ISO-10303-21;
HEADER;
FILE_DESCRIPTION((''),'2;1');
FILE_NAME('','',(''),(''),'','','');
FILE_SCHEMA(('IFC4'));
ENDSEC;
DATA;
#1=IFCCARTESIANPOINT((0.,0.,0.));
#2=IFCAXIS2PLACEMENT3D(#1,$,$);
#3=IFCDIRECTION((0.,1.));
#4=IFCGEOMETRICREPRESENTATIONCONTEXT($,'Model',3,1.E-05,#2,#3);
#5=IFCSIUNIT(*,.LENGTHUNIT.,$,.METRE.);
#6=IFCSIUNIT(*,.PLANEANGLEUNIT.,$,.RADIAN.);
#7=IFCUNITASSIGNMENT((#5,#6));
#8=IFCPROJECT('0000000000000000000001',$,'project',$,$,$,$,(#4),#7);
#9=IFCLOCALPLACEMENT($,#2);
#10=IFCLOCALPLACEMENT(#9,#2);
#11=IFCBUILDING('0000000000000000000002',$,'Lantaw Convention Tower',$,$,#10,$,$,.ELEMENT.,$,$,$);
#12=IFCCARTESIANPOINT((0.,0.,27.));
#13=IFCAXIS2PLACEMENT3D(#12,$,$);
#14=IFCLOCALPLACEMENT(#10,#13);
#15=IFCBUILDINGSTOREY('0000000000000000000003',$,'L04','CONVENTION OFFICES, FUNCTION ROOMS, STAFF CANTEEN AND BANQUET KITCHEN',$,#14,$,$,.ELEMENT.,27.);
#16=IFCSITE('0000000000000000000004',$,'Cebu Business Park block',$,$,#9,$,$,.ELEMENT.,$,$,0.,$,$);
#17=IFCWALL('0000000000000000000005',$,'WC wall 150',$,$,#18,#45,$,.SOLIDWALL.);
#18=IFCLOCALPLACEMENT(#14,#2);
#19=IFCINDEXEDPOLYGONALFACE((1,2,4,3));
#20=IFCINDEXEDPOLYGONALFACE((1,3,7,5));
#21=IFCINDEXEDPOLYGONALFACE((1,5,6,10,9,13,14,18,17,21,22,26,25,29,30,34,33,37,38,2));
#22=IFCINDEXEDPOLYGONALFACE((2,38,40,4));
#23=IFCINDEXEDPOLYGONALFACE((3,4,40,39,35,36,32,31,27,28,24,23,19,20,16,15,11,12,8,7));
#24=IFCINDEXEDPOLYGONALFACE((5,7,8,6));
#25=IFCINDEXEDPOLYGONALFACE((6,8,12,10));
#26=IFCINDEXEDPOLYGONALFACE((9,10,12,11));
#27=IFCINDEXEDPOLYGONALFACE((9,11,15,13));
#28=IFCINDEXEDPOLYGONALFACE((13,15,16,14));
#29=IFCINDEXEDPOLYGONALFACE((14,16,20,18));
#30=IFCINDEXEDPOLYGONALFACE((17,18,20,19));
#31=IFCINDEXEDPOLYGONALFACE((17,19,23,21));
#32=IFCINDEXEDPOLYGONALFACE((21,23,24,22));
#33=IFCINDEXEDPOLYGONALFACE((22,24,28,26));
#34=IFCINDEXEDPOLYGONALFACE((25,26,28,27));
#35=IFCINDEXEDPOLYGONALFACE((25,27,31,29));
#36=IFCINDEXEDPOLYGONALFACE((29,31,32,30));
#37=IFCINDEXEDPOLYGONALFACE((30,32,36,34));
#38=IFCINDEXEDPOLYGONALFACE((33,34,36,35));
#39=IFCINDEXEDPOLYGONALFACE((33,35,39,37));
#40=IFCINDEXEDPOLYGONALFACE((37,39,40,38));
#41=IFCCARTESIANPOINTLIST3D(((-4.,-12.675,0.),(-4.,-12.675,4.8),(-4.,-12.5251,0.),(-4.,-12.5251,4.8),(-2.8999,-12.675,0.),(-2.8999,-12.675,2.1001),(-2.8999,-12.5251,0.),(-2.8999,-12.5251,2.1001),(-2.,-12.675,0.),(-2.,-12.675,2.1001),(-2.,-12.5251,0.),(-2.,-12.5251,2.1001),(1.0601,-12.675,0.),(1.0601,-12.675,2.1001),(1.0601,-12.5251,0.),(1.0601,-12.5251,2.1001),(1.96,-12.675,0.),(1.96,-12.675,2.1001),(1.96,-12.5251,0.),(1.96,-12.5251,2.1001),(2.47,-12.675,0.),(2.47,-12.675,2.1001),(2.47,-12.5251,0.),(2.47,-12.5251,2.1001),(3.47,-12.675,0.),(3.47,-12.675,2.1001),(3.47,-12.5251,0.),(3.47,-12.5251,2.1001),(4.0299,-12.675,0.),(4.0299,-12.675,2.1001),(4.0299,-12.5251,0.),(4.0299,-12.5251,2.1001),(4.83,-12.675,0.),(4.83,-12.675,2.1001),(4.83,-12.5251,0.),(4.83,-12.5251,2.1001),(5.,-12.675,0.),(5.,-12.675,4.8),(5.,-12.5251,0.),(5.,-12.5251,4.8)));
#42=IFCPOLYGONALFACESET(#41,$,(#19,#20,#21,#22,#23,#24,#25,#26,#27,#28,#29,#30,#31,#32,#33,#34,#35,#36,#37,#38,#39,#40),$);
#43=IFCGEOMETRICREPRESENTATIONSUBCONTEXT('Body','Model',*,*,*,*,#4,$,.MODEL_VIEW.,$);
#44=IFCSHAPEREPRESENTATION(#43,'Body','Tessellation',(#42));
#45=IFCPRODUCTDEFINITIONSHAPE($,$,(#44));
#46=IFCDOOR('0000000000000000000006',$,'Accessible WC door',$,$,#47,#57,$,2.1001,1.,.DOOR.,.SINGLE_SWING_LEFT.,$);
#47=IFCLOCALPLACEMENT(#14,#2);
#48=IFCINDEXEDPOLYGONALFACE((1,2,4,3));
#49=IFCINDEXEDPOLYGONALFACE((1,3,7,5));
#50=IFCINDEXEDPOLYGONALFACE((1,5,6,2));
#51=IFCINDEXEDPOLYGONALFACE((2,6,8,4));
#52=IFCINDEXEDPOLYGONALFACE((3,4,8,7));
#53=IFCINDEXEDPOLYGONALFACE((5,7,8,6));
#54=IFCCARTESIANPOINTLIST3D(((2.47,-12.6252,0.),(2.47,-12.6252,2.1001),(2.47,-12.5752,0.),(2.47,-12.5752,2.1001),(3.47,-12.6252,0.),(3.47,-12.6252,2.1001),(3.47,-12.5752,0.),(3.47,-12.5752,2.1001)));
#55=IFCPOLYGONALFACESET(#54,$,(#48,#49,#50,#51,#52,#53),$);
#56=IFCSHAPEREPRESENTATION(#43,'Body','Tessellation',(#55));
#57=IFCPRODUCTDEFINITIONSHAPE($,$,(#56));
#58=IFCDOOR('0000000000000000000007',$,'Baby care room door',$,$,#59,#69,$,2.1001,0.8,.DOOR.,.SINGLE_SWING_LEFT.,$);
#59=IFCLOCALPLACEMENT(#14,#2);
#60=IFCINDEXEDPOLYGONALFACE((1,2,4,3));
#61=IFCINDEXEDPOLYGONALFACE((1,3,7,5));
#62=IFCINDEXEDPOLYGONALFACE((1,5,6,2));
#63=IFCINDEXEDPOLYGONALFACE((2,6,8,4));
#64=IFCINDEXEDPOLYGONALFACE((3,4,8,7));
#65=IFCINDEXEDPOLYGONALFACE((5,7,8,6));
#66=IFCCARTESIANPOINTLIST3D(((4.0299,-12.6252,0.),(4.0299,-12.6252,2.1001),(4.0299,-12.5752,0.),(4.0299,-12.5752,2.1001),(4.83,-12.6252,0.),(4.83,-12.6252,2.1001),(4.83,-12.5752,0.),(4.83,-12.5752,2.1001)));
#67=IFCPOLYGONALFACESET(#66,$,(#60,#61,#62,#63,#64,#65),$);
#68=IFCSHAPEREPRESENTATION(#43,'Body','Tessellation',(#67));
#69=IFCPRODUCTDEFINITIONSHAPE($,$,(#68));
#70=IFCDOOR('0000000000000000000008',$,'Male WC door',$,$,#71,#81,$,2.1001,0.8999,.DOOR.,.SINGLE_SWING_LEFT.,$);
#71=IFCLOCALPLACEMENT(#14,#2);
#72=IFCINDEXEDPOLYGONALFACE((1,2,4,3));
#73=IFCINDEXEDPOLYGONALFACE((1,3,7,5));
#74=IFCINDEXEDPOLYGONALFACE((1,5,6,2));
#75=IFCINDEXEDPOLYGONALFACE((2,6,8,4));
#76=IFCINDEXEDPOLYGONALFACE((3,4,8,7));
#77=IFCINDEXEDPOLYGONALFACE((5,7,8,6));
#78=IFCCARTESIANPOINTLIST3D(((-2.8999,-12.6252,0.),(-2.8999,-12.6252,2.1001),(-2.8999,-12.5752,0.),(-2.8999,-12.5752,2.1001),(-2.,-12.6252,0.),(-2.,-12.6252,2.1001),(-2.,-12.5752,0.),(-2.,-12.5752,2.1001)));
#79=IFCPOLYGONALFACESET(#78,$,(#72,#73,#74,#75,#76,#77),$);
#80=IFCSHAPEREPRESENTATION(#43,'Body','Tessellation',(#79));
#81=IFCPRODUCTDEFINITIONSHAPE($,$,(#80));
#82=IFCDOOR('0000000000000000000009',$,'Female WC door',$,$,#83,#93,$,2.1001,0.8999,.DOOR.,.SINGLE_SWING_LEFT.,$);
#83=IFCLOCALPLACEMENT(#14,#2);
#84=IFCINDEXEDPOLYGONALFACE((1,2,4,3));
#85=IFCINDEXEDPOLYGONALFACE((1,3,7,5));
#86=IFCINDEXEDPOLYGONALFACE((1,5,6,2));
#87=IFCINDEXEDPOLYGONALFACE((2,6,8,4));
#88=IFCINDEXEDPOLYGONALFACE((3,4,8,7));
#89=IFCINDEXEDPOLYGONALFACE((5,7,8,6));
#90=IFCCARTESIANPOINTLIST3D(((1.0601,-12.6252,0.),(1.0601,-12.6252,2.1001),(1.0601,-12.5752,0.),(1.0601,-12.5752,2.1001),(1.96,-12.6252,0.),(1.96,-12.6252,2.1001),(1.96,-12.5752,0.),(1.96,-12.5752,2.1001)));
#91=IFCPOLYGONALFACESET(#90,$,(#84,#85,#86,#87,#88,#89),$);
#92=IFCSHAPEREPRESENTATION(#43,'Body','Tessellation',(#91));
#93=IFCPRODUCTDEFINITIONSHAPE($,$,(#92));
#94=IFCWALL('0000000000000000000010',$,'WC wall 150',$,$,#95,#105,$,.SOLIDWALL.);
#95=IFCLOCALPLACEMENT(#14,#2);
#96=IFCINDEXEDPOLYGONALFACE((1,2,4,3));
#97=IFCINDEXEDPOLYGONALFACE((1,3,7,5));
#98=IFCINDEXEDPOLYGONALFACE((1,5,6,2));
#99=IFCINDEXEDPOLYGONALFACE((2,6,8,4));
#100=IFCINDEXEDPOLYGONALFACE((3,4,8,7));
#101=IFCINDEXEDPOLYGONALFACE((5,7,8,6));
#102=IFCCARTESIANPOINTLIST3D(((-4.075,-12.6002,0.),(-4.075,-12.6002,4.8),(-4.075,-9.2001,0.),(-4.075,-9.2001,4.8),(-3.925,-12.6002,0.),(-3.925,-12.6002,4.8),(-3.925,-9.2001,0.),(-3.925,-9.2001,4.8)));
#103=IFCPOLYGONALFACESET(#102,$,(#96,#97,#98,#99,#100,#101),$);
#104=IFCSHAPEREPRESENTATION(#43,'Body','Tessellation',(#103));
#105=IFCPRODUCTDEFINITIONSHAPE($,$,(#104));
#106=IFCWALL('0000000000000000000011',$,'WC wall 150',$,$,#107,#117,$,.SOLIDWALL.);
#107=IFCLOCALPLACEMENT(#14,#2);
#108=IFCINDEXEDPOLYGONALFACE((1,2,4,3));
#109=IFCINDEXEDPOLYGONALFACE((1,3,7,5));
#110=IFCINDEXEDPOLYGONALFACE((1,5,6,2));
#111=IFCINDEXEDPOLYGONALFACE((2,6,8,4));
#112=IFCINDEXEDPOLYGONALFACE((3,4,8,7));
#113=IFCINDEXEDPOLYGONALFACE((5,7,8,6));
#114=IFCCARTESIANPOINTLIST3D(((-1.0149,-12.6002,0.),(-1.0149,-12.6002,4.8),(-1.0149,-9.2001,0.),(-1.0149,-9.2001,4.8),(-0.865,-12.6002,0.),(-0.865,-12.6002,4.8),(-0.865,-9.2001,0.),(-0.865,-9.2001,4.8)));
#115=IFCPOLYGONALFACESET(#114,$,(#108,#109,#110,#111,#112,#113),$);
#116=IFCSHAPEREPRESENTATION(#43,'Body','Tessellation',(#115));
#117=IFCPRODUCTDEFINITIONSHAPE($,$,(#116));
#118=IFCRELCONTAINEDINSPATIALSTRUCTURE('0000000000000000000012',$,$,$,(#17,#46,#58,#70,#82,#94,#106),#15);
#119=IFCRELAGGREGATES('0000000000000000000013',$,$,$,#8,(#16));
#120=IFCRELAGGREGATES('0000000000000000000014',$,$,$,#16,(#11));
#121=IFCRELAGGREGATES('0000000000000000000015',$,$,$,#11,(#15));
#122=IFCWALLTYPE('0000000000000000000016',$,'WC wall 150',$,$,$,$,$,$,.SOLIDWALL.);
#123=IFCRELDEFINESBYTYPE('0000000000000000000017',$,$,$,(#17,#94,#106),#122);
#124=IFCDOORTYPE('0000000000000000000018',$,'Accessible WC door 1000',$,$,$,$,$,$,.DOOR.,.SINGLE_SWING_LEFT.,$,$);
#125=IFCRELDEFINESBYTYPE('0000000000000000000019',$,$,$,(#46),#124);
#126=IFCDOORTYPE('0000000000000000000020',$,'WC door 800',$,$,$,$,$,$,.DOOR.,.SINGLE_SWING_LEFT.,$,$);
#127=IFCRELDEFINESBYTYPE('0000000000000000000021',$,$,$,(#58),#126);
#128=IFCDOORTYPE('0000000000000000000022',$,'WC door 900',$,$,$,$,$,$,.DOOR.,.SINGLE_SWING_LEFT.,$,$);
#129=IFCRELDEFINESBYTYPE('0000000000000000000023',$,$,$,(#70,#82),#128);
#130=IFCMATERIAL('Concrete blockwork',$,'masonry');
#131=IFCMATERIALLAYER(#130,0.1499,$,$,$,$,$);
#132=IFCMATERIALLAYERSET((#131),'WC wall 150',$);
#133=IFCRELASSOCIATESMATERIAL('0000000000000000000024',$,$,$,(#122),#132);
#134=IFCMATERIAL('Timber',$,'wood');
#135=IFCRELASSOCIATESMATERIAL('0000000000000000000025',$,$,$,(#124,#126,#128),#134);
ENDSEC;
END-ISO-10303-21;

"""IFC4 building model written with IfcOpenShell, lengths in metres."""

from ifc_helpers import new_model, si_unit, direction, frame, frame_2d, origin, place, context, subcontext, project, spatial, rectangle, extrude, material, layer, layer_set, type_object, element, fill, save


model = new_model("IFC4")

# Units and contexts
model_context = context("Model", 3, precision=1e-05, world=origin(), true_north=direction((0.0, 1.0)))
body_context = subcontext(model_context, "Body", "Model", "MODEL_VIEW")
ifc_project = project(units=[si_unit("LENGTHUNIT", "METRE"), si_unit("PLANEANGLEUNIT", "RADIAN")], contexts=[model_context])

# Site, building, storey
site_placement = place(None, origin())
site = spatial("IfcSite", under=ifc_project, at=site_placement, Name="Cebu Business Park block", CompositionType="ELEMENT", RefElevation=0.0)
building_placement = place(site_placement, origin())
building = spatial("IfcBuilding", under=site, at=building_placement, Name="Lantaw Convention Tower", CompositionType="ELEMENT")
storey_placement = place(building_placement, frame((0.0, 0.0, 27.0)))
storey = spatial("IfcBuildingStorey", under=building, at=storey_placement, Name="L04", Description="CONVENTION OFFICES, FUNCTION ROOMS, STAFF CANTEEN AND BANQUET KITCHEN", CompositionType="ELEMENT", Elevation=27.0)

# Wall, openings, doors
ifc_material_1 = material(Name="Concrete blockwork", Category="masonry")
ifc_layer_1 = layer(ifc_material_1, 0.1499)
ifc_layer_set_1 = layer_set([ifc_layer_1], Name="WC wall 150")
wall_type_1 = type_object("IfcWallType", Name="WC wall 150", PredefinedType="SOLIDWALL", material=ifc_layer_set_1)
wall_1_placement = place(storey_placement, frame((-4.0, -12.6001, 0.0), z_axis=(0.0, 0.0, 1.0), x_axis=(1.0, 0.0, 0.0)))
wall_1 = element("IfcWall", 1, at=wall_1_placement, inside=storey, type_object=wall_type_1, Name="WC wall 150", PredefinedType="SOLIDWALL", context=body_context, shape_type="SweptSolid", body=[
    extrude(rectangle(XDim=9.0, YDim=0.1499, at=frame_2d((4.5, 0.0))), origin(), (0.0, 0.0, 1.0), 4.8),
])
opening_1_placement = place(wall_1_placement, frame((1.1001, 0.0, 0.0)))
opening_1 = element("IfcOpeningElement", 2, at=opening_1_placement, cuts=wall_1, PredefinedType="OPENING", context=body_context, shape_type="SweptSolid", body=[
    extrude(rectangle(XDim=0.8999, YDim=2.1001, at=frame_2d((0.45, 1.05))), frame((0.0, 0.085, 0.0), z_axis=(0.0, -1.0, 0.0), x_axis=(1.0, 0.0, 0.0)), (0.0, 0.0, 1.0), 0.1699),
])
opening_2_placement = place(wall_1_placement, frame((5.0601, 0.0, 0.0)))
opening_2 = element("IfcOpeningElement", 3, at=opening_2_placement, cuts=wall_1, PredefinedType="OPENING", context=body_context, shape_type="SweptSolid", body=[
    extrude(rectangle(XDim=0.8999, YDim=2.1001, at=frame_2d((0.45, 1.05))), frame((0.0, 0.085, 0.0), z_axis=(0.0, -1.0, 0.0), x_axis=(1.0, 0.0, 0.0)), (0.0, 0.0, 1.0), 0.1699),
])
opening_3_placement = place(wall_1_placement, frame((6.47, 0.0, 0.0)))
opening_3 = element("IfcOpeningElement", 4, at=opening_3_placement, cuts=wall_1, PredefinedType="OPENING", context=body_context, shape_type="SweptSolid", body=[
    extrude(rectangle(XDim=1.0, YDim=2.1001, at=frame_2d((0.5, 1.05))), frame((0.0, 0.085, 0.0), z_axis=(0.0, -1.0, 0.0), x_axis=(1.0, 0.0, 0.0)), (0.0, 0.0, 1.0), 0.1699),
])
opening_4_placement = place(wall_1_placement, frame((8.03, 0.0, 0.0)))
opening_4 = element("IfcOpeningElement", 5, at=opening_4_placement, cuts=wall_1, PredefinedType="OPENING", context=body_context, shape_type="SweptSolid", body=[
    extrude(rectangle(XDim=0.8, YDim=2.1001, at=frame_2d((0.3999, 1.05))), frame((0.0, 0.085, 0.0), z_axis=(0.0, -1.0, 0.0), x_axis=(1.0, 0.0, 0.0)), (0.0, 0.0, 1.0), 0.1699),
])
ifc_material_2 = material(Name="Timber", Category="wood")
door_type_1 = type_object("IfcDoorType", Name="Accessible WC door 1000", OperationType="SINGLE_SWING_LEFT", PredefinedType="DOOR", material=ifc_material_2)
door_1_placement = place(opening_3_placement, origin())
door_1 = element("IfcDoor", 6, at=door_1_placement, inside=storey, type_object=door_type_1, Name="Accessible WC door", OperationType="SINGLE_SWING_LEFT", OverallHeight=2.1001, OverallWidth=1.0, PredefinedType="DOOR", context=body_context, shape_type="SweptSolid", body=[
    extrude(rectangle(XDim=1.0, YDim=2.1001, at=frame_2d((0.5, 1.05))), frame((0.0, 0.0249, 0.0), z_axis=(0.0, -1.0, 0.0), x_axis=(1.0, 0.0, 0.0)), (0.0, 0.0, 1.0), 0.05),
])
fill(opening_3, door_1)
door_type_2 = type_object("IfcDoorType", Name="WC door 800", OperationType="SINGLE_SWING_LEFT", PredefinedType="DOOR", material=ifc_material_2)
door_2_placement = place(opening_4_placement, origin())
door_2 = element("IfcDoor", 7, at=door_2_placement, inside=storey, type_object=door_type_2, Name="Baby care room door", OperationType="SINGLE_SWING_LEFT", OverallHeight=2.1001, OverallWidth=0.8, PredefinedType="DOOR", context=body_context, shape_type="SweptSolid", body=[
    extrude(rectangle(XDim=0.8, YDim=2.1001, at=frame_2d((0.3999, 1.05))), frame((0.0, 0.0249, 0.0), z_axis=(0.0, -1.0, 0.0), x_axis=(1.0, 0.0, 0.0)), (0.0, 0.0, 1.0), 0.05),
])
fill(opening_4, door_2)
door_type_3 = type_object("IfcDoorType", Name="WC door 900", OperationType="SINGLE_SWING_LEFT", PredefinedType="DOOR", material=ifc_material_2)
door_3_placement = place(opening_1_placement, origin())
door_3 = element("IfcDoor", 8, at=door_3_placement, inside=storey, type_object=door_type_3, Name="Male WC door", OperationType="SINGLE_SWING_LEFT", OverallHeight=2.1001, OverallWidth=0.8999, PredefinedType="DOOR", context=body_context, shape_type="SweptSolid", body=[
    extrude(rectangle(XDim=0.8999, YDim=2.1001, at=frame_2d((0.45, 1.05))), frame((0.0, 0.0249, 0.0), z_axis=(0.0, -1.0, 0.0), x_axis=(1.0, 0.0, 0.0)), (0.0, 0.0, 1.0), 0.05),
])
fill(opening_1, door_3)
door_4_placement = place(opening_2_placement, origin())
door_4 = element("IfcDoor", 9, at=door_4_placement, inside=storey, type_object=door_type_3, Name="Female WC door", OperationType="SINGLE_SWING_LEFT", OverallHeight=2.1001, OverallWidth=0.8999, PredefinedType="DOOR", context=body_context, shape_type="SweptSolid", body=[
    extrude(rectangle(XDim=0.8999, YDim=2.1001, at=frame_2d((0.45, 1.05))), frame((0.0, 0.0249, 0.0), z_axis=(0.0, -1.0, 0.0), x_axis=(1.0, 0.0, 0.0)), (0.0, 0.0, 1.0), 0.05),
])
fill(opening_2, door_4)

# Walls
for number, where, z_axis, x_axis, name in (
    (10, (-4.0, -9.2, 0.0), (0.0, 0.0, 1.0), (0.0, -1.0, 0.0), "WC wall 150"),
    (11, (-0.9399, -9.2, 0.0), (0.0, 0.0, 1.0), (0.0, -1.0, 0.0), "WC wall 150"),
):
    element("IfcWall", number, at=place(storey_placement, frame(where, z_axis=z_axis, x_axis=x_axis)), inside=storey, type_object=wall_type_1, Name=name, PredefinedType="SOLIDWALL", context=body_context, shape_type="SweptSolid", body=[
        extrude(rectangle(XDim=3.4001, YDim=0.1499, at=frame_2d((1.7002, 0.0))), origin(), (0.0, 0.0, 1.0), 4.8),
    ])

save(model, "model.ifc")
